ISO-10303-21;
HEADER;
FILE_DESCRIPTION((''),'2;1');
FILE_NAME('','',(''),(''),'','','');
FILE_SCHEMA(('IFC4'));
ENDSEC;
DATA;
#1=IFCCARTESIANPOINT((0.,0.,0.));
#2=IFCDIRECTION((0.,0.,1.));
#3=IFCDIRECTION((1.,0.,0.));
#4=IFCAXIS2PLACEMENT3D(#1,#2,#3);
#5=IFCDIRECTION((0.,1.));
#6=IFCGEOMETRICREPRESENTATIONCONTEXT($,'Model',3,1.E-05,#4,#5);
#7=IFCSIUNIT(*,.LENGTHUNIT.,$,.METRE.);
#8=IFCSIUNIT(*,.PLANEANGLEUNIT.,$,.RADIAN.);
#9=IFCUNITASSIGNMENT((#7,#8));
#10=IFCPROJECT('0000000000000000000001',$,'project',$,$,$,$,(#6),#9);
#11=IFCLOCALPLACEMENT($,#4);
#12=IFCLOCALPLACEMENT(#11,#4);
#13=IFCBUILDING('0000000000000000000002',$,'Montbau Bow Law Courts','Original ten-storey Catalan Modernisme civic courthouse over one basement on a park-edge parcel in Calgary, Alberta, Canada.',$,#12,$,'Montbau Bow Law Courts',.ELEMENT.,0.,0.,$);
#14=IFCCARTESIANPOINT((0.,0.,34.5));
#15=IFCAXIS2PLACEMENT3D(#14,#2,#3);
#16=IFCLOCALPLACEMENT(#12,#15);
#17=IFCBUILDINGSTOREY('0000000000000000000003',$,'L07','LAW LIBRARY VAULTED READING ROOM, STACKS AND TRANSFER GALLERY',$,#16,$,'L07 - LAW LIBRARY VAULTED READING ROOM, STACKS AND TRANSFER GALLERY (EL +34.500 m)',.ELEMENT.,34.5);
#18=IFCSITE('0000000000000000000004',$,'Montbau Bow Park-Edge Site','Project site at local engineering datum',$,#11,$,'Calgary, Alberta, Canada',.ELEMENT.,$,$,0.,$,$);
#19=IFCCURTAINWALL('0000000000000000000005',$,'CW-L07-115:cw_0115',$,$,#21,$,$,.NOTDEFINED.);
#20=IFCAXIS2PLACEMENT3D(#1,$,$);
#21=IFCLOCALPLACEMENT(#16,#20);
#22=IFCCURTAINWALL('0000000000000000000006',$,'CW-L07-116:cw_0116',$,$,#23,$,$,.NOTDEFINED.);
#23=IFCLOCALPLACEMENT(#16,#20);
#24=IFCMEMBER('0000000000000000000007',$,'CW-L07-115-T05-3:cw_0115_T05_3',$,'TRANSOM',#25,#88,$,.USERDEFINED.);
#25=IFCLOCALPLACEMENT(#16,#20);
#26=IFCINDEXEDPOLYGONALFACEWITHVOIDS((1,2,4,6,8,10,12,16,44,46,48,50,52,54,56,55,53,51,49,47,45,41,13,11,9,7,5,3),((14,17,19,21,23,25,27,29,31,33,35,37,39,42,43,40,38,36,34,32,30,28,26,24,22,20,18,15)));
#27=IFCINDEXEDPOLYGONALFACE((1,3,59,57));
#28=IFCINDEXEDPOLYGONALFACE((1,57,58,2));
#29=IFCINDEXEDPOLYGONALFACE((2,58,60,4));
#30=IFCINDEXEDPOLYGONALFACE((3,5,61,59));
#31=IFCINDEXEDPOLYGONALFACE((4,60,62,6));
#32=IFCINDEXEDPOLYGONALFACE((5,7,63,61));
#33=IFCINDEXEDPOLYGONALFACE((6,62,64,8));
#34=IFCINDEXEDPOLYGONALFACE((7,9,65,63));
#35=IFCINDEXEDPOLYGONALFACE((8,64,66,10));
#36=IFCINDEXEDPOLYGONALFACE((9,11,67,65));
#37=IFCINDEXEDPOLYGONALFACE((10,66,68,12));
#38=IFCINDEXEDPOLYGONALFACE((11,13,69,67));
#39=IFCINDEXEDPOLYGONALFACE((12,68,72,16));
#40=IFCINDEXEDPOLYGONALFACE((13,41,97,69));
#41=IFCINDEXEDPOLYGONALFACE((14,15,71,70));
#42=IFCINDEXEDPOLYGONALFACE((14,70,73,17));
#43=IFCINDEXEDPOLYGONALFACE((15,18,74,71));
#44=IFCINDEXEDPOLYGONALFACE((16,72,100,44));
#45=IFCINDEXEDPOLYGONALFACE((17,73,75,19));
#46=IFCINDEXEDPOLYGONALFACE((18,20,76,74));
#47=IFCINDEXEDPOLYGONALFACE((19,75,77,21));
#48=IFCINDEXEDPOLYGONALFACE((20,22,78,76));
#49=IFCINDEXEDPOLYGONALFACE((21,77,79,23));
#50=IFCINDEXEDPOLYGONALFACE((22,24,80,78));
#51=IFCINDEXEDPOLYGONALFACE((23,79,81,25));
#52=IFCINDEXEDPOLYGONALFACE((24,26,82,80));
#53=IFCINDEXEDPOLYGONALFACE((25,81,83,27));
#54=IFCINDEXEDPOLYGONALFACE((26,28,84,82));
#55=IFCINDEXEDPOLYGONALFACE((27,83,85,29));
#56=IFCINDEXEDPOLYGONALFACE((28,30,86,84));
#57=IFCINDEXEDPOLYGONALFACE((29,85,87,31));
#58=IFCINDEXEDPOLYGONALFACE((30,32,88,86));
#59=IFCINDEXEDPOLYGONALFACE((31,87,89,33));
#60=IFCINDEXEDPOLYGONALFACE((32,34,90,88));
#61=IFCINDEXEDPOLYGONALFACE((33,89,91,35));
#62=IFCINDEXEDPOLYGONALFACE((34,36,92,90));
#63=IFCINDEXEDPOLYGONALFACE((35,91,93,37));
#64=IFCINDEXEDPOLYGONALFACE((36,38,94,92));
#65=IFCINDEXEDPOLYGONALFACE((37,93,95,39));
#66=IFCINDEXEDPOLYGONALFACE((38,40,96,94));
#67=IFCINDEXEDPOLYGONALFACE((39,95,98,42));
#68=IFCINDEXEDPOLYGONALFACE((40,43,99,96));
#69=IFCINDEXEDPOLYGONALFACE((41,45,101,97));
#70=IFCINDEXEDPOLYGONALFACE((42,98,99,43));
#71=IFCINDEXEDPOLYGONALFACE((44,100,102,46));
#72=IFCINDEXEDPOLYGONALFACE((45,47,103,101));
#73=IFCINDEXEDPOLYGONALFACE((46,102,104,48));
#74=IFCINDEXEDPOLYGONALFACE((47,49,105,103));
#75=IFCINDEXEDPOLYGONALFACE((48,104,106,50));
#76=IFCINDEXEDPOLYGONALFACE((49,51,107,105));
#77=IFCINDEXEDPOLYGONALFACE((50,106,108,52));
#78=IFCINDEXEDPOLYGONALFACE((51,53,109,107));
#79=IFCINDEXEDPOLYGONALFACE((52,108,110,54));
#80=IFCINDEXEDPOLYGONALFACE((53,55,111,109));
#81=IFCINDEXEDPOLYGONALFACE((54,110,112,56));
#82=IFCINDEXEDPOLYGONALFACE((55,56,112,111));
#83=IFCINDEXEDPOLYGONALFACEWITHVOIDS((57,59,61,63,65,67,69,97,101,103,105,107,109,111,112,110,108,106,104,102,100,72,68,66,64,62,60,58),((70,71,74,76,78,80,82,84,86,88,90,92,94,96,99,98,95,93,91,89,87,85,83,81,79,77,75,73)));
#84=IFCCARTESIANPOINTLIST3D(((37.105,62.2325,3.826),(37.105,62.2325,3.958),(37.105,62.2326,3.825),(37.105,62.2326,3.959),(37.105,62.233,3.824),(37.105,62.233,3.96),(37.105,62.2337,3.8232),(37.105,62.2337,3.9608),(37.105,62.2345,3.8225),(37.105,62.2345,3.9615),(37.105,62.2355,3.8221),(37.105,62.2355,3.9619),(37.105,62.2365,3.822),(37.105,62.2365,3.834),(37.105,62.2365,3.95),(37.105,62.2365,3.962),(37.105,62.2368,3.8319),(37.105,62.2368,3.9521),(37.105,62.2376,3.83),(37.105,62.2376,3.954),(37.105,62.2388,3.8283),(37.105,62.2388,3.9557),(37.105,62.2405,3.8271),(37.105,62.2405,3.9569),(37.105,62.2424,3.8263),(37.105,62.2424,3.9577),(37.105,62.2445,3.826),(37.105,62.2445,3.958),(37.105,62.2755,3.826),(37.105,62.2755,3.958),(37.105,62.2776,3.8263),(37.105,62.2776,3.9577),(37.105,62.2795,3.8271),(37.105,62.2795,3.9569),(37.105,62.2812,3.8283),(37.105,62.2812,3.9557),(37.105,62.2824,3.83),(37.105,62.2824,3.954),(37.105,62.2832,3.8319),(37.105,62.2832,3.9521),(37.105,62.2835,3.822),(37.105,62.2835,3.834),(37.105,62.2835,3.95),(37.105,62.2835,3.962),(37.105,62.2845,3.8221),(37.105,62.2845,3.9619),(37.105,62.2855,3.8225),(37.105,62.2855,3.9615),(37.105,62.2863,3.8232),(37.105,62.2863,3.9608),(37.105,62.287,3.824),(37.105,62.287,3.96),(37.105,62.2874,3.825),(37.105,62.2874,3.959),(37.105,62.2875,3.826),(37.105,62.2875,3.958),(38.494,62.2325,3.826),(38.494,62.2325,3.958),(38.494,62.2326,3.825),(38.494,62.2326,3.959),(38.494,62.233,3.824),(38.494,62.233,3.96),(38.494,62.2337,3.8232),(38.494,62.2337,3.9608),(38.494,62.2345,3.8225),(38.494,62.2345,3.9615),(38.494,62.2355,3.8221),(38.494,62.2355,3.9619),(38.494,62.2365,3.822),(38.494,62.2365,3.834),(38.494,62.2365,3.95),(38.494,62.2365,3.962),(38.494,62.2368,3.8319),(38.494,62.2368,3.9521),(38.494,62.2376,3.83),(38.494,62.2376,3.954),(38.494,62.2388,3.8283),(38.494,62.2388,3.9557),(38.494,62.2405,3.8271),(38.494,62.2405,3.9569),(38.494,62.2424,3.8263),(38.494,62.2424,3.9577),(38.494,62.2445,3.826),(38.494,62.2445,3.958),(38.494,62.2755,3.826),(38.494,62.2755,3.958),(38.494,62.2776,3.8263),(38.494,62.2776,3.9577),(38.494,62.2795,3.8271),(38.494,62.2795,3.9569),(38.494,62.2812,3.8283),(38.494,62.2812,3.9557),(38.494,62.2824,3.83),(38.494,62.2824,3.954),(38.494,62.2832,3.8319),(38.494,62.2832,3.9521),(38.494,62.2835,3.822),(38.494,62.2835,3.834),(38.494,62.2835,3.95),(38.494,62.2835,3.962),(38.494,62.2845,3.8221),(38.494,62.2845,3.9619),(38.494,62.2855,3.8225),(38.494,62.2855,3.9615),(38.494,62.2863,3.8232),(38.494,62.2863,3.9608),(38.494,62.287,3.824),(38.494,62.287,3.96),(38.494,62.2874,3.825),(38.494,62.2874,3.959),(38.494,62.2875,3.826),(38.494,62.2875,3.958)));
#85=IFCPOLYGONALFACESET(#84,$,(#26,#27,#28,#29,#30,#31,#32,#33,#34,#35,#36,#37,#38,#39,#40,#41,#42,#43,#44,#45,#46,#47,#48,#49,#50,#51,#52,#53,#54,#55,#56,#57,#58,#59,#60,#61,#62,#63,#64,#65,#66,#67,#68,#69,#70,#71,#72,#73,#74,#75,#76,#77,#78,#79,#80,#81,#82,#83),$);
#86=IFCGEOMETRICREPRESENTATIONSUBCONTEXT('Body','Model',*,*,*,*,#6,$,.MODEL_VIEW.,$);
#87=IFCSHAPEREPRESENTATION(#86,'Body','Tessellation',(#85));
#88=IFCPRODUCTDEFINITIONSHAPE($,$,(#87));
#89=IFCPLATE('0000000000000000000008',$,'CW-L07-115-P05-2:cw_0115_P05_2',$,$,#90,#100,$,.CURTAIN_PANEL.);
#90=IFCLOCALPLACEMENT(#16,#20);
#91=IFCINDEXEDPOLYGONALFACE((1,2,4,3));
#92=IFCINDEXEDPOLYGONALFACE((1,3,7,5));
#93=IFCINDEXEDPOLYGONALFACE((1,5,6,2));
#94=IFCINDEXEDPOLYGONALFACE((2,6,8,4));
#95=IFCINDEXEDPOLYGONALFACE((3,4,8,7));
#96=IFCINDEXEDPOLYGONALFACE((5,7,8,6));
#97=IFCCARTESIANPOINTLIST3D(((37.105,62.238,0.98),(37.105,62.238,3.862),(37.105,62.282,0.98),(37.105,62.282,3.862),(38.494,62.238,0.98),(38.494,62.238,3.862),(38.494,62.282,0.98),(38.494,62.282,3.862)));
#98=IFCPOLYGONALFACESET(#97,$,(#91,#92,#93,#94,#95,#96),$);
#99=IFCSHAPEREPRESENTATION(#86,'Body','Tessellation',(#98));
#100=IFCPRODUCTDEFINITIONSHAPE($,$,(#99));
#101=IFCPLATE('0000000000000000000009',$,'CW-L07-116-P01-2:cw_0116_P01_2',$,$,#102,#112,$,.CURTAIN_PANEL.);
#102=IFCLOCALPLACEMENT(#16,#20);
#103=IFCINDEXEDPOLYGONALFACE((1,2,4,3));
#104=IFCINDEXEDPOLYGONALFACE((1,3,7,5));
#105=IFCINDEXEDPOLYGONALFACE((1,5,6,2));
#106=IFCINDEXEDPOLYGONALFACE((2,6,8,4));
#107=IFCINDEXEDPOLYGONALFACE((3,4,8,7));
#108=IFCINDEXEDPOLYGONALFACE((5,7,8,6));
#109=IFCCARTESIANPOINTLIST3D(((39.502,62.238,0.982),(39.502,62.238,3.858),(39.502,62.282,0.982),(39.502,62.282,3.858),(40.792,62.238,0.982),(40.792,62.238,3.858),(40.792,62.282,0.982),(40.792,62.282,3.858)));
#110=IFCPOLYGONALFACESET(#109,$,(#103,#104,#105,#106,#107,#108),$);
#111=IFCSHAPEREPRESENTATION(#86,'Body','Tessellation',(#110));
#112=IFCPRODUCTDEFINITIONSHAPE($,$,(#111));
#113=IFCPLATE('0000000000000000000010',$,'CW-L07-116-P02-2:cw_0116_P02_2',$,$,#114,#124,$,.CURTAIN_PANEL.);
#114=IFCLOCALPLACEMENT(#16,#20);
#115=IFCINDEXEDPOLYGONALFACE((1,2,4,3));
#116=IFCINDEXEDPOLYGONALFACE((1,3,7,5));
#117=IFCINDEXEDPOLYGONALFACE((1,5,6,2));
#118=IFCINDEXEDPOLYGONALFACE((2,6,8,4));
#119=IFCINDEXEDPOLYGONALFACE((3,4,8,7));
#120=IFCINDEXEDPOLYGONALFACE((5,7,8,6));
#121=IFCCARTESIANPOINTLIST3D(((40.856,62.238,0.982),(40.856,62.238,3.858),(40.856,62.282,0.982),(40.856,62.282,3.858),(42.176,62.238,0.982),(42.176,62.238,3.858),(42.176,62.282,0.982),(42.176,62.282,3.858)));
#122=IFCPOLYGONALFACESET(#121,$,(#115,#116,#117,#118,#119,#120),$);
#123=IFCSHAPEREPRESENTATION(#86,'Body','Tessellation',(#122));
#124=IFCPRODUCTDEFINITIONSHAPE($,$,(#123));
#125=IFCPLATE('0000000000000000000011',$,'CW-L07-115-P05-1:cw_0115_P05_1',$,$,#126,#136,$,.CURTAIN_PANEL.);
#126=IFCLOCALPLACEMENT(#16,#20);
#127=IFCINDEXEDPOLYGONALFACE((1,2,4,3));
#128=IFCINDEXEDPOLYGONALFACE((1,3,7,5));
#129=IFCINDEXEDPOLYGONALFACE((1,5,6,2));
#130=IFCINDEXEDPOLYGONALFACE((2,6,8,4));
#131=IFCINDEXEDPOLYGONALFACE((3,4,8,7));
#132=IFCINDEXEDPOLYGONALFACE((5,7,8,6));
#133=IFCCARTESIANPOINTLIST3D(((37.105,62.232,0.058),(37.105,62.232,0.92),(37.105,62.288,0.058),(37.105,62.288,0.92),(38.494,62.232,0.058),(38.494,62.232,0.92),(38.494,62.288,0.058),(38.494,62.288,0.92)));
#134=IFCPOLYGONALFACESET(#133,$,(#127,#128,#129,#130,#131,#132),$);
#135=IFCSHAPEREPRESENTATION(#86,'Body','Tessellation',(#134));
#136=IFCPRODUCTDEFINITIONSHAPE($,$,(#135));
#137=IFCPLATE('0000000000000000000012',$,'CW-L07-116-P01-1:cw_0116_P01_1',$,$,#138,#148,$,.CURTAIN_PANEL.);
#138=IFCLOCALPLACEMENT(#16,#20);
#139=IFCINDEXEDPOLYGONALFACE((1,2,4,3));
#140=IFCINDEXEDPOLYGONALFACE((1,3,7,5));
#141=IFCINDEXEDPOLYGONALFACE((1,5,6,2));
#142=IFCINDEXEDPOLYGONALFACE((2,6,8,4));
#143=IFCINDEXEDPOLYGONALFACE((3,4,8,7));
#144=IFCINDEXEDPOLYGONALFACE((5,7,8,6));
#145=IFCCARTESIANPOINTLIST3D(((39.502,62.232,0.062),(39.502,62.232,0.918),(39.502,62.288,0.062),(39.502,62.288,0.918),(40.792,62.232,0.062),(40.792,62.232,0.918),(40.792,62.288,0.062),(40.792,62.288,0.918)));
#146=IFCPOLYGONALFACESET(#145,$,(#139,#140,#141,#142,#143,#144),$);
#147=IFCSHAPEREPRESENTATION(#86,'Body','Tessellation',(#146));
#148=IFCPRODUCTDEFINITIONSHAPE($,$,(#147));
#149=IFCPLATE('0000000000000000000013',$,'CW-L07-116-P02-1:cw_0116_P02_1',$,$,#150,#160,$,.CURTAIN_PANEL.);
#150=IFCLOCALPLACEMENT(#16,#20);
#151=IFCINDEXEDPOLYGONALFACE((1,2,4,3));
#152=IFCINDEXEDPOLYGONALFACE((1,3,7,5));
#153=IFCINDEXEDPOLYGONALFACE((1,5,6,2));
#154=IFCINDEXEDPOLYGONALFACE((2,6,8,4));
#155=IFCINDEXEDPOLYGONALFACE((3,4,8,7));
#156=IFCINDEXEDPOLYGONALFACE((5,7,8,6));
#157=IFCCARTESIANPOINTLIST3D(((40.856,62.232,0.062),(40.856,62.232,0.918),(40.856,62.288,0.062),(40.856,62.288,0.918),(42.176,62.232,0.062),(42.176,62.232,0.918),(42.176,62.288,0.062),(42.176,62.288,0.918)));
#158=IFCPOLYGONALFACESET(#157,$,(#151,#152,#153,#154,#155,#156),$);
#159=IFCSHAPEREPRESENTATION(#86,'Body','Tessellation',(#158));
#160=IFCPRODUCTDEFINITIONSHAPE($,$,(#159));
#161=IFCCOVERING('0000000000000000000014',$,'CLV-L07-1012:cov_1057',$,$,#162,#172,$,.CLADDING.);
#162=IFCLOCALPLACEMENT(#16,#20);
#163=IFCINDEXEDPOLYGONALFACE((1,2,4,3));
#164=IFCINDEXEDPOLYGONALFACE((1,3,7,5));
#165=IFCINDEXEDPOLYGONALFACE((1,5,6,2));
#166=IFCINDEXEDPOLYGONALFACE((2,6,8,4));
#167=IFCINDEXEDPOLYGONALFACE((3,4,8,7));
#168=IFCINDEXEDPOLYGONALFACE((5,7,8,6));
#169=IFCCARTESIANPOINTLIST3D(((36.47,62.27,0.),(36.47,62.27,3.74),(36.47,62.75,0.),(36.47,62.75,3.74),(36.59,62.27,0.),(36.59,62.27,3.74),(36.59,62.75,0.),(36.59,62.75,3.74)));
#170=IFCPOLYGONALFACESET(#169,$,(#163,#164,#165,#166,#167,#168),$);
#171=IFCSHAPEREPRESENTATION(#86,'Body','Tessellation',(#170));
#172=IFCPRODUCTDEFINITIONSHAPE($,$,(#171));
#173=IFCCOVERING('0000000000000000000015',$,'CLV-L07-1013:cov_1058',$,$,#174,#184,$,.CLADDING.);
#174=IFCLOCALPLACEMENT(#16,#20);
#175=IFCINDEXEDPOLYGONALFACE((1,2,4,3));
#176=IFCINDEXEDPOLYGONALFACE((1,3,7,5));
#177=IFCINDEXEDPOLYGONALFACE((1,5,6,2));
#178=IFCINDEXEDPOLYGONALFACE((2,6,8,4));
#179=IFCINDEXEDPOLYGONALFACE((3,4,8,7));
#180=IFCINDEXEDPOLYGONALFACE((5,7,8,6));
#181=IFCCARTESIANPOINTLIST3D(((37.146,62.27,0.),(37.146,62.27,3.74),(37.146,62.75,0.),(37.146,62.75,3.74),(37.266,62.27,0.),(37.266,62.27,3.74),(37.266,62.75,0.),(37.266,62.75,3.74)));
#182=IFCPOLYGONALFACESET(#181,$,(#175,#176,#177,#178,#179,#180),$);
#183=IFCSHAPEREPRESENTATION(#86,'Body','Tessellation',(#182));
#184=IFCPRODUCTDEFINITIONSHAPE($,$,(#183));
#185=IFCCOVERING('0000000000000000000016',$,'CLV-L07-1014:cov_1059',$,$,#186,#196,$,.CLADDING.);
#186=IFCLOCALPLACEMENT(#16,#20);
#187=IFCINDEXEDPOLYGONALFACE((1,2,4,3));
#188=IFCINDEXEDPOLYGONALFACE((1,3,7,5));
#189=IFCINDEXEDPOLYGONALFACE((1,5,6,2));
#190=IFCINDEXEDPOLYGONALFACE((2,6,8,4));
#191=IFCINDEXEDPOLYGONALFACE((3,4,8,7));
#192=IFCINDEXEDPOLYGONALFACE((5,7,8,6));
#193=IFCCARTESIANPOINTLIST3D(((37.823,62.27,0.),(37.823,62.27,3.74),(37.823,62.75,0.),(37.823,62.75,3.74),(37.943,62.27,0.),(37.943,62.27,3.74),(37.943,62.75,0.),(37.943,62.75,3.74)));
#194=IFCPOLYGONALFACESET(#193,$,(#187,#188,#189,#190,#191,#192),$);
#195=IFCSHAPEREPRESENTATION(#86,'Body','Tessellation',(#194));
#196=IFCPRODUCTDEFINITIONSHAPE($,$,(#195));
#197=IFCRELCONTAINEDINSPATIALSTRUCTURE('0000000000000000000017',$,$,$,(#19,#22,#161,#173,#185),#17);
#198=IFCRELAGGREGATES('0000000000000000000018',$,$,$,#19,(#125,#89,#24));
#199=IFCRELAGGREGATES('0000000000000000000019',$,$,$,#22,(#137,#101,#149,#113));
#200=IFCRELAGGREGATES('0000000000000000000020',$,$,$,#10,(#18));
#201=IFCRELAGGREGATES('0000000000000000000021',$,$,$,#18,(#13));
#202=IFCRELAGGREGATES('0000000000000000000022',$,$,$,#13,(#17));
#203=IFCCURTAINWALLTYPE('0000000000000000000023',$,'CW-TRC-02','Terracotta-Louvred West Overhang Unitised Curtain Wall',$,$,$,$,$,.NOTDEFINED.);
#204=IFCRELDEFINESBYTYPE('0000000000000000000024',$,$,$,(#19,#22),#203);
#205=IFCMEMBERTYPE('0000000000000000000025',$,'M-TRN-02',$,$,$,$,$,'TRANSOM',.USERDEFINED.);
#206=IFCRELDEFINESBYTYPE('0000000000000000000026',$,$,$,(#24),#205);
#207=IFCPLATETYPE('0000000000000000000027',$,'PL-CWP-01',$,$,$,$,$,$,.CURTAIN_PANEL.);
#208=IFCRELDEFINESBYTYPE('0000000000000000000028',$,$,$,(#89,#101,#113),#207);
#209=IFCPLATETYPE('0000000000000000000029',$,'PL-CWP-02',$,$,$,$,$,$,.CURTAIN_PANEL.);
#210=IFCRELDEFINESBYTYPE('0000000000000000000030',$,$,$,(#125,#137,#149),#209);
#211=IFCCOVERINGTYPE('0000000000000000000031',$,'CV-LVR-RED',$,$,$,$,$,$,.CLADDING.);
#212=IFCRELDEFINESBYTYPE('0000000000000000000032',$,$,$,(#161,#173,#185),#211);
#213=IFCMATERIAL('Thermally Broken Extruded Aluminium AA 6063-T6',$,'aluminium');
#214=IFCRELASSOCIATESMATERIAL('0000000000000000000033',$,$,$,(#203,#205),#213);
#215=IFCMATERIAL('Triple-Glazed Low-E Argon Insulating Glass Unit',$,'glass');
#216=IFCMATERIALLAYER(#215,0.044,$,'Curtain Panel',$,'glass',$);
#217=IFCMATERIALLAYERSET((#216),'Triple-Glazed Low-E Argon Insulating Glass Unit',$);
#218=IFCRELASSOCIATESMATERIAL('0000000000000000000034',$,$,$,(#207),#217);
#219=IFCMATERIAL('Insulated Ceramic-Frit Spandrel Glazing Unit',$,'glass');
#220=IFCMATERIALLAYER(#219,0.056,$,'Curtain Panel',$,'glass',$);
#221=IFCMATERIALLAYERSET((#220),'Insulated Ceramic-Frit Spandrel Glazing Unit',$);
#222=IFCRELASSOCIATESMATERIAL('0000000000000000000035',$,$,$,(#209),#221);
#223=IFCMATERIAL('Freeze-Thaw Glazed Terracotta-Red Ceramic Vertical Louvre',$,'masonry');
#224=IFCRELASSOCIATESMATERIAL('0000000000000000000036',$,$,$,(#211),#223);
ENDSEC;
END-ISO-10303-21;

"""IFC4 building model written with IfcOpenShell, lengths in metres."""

from ifc_helpers import new_model, si_unit, direction, frame, frame_2d, origin_with_axes, origin_2d_with_axis, place, context, subcontext, project, spatial, rectangle, hollow_rectangle, extrude, material, layer, layer_set, material_profile, profile_set, type_object, element, aggregate, save


model = new_model("IFC4")

# Units and contexts
model_context = context("Model", 3, precision=1e-05, world=origin_with_axes(), true_north=direction((0.0, 1.0)))
body_context = subcontext(model_context, "Body", "Model", "MODEL_VIEW")
ifc_project = project(units=[si_unit("LENGTHUNIT", "METRE"), si_unit("PLANEANGLEUNIT", "RADIAN")], contexts=[model_context])

# Site, building, storey
site_placement = place(None, origin_with_axes())
site = spatial("IfcSite", under=ifc_project, at=site_placement, Name="Montbau Bow Park-Edge Site", Description="Project site at local engineering datum", LongName="Calgary, Alberta, Canada", CompositionType="ELEMENT", RefElevation=0.0)
building_placement = place(site_placement, origin_with_axes())
building = spatial("IfcBuilding", under=site, at=building_placement, Name="Montbau Bow Law Courts", Description="Original ten-storey Catalan Modernisme civic courthouse over one basement on a park-edge parcel in Calgary, Alberta, Canada.", LongName="Montbau Bow Law Courts", CompositionType="ELEMENT", ElevationOfRefHeight=0.0, ElevationOfTerrain=0.0)
storey_placement = place(building_placement, frame((0.0, 0.0, 34.5), z_axis=(0.0, 0.0, 1.0), x_axis=(1.0, 0.0, 0.0)))
storey = spatial("IfcBuildingStorey", under=building, at=storey_placement, Name="L07", Description="LAW LIBRARY VAULTED READING ROOM, STACKS AND TRANSFER GALLERY", LongName="L07 - LAW LIBRARY VAULTED READING ROOM, STACKS AND TRANSFER GALLERY (EL +34.500 m)", CompositionType="ELEMENT", Elevation=34.5)

# Curtain walls
ifc_material_1 = material(Name="Thermally Broken Extruded Aluminium AA 6063-T6", Category="aluminium")
curtain_wall_type = type_object("IfcCurtainWallType", Name="CW-TRC-02", Description="Terracotta-Louvred West Overhang Unitised Curtain Wall", PredefinedType="NOTDEFINED", material=ifc_material_1)
curtain_wall_1_placement = place(None, frame((31.115, 62.26, 34.5), z_axis=(0.0, 0.0, 1.0), x_axis=(1.0, 0.0, 0.0)))
curtain_wall_1 = element("IfcCurtainWall", 1, at=curtain_wall_1_placement, inside=storey, type_object=curtain_wall_type, Name="CW-L07-115:cw_0115", PredefinedType="NOTDEFINED")
curtain_wall_2_placement = place(None, frame((39.44, 62.26, 34.5), z_axis=(0.0, 0.0, 1.0), x_axis=(1.0, 0.0, 0.0)))
curtain_wall_2 = element("IfcCurtainWall", 2, at=curtain_wall_2_placement, inside=storey, type_object=curtain_wall_type, Name="CW-L07-116:cw_0116", PredefinedType="NOTDEFINED")

# Member
ifc_material_profile_1 = material_profile(ifc_material_1, hollow_rectangle(XDim=0.055, YDim=0.14, WallThickness=0.004, InnerFilletRadius=0.008, OuterFilletRadius=0.004, at=origin_2d_with_axis()), Name="CWT-140X55", Category="Main", Priority=0)
ifc_profile_set_1 = profile_set([ifc_material_profile_1], Name="Thermally Broken Extruded Aluminium AA 6063-T6")
member_type_1 = type_object("IfcMemberType", Name="M-TRN-02", ElementType="TRANSOM", PredefinedType="USERDEFINED", material=ifc_profile_set_1)
member_1_placement = place(None, frame((37.105, 62.26, 38.392), z_axis=(1.0, 0.0, 0.0), x_axis=(0.0, 1.0, 0.0)))
member_1 = element("IfcMember", 3, at=member_1_placement, type_object=member_type_1, Name="CW-L07-115-T05-3:cw_0115_T05_3", ObjectType="TRANSOM", PredefinedType="USERDEFINED", context=body_context, shape_type="SweptSolid", body=[
    extrude(hollow_rectangle(XDim=0.055, YDim=0.14, WallThickness=0.004, InnerFilletRadius=0.008, OuterFilletRadius=0.004, at=origin_2d_with_axis()), origin_with_axes(), (0.0, 0.0, 1.0), 1.389),
])

# Plates
ifc_material_2 = material(Name="Triple-Glazed Low-E Argon Insulating Glass Unit", Category="glass")
ifc_layer_1 = layer(ifc_material_2, 0.044, Name="Curtain Panel", Category="glass")
ifc_layer_set_1 = layer_set([ifc_layer_1], Name="Triple-Glazed Low-E Argon Insulating Glass Unit")
plate_type_1 = type_object("IfcPlateType", Name="PL-CWP-01", PredefinedType="CURTAIN_PANEL", material=ifc_layer_set_1)
plate_1_placement = place(None, frame((37.105, 62.26, 35.48), z_axis=(0.0, -1.0, 0.0), x_axis=(1.0, 0.0, 0.0)))
plate_1 = element("IfcPlate", 4, at=plate_1_placement, type_object=plate_type_1, Name="CW-L07-115-P05-2:cw_0115_P05_2", PredefinedType="CURTAIN_PANEL", context=body_context, shape_type="SweptSolid", body=[
    extrude(rectangle(XDim=1.389, YDim=2.882, at=frame_2d((0.6945, 1.441), x_axis=(1.0, 0.0))), frame((0.0, 0.0, -0.022), z_axis=(0.0, 0.0, 1.0), x_axis=(1.0, 0.0, 0.0)), (0.0, 0.0, 1.0), 0.044),
])
plate_2_placement = place(None, frame((39.502, 62.26, 35.482), z_axis=(0.0, -1.0, 0.0), x_axis=(1.0, 0.0, 0.0)))
plate_2 = element("IfcPlate", 5, at=plate_2_placement, type_object=plate_type_1, Name="CW-L07-116-P01-2:cw_0116_P01_2", PredefinedType="CURTAIN_PANEL", context=body_context, shape_type="SweptSolid", body=[
    extrude(rectangle(XDim=1.29, YDim=2.876, at=frame_2d((0.645, 1.438), x_axis=(1.0, 0.0))), frame((0.0, 0.0, -0.022), z_axis=(0.0, 0.0, 1.0), x_axis=(1.0, 0.0, 0.0)), (0.0, 0.0, 1.0), 0.044),
])
plate_3_placement = place(None, frame((40.856, 62.26, 35.482), z_axis=(0.0, -1.0, 0.0), x_axis=(1.0, 0.0, 0.0)))
plate_3 = element("IfcPlate", 6, at=plate_3_placement, type_object=plate_type_1, Name="CW-L07-116-P02-2:cw_0116_P02_2", PredefinedType="CURTAIN_PANEL", context=body_context, shape_type="SweptSolid", body=[
    extrude(rectangle(XDim=1.32, YDim=2.876, at=frame_2d((0.66, 1.438), x_axis=(1.0, 0.0))), frame((0.0, 0.0, -0.022), z_axis=(0.0, 0.0, 1.0), x_axis=(1.0, 0.0, 0.0)), (0.0, 0.0, 1.0), 0.044),
])
ifc_material_3 = material(Name="Insulated Ceramic-Frit Spandrel Glazing Unit", Category="glass")
ifc_layer_2 = layer(ifc_material_3, 0.056, Name="Curtain Panel", Category="glass")
ifc_layer_set_2 = layer_set([ifc_layer_2], Name="Insulated Ceramic-Frit Spandrel Glazing Unit")
plate_type_2 = type_object("IfcPlateType", Name="PL-CWP-02", PredefinedType="CURTAIN_PANEL", material=ifc_layer_set_2)
plate_4_placement = place(None, frame((37.105, 62.26, 34.558), z_axis=(0.0, -1.0, 0.0), x_axis=(1.0, 0.0, 0.0)))
plate_4 = element("IfcPlate", 7, at=plate_4_placement, type_object=plate_type_2, Name="CW-L07-115-P05-1:cw_0115_P05_1", PredefinedType="CURTAIN_PANEL", context=body_context, shape_type="SweptSolid", body=[
    extrude(rectangle(XDim=1.389, YDim=0.862, at=frame_2d((0.6945, 0.431), x_axis=(1.0, 0.0))), frame((0.0, 0.0, -0.028), z_axis=(0.0, 0.0, 1.0), x_axis=(1.0, 0.0, 0.0)), (0.0, 0.0, 1.0), 0.056),
])
aggregate(curtain_wall_1, [plate_4, plate_1, member_1])
plate_5_placement = place(None, frame((39.502, 62.26, 34.562), z_axis=(0.0, -1.0, 0.0), x_axis=(1.0, 0.0, 0.0)))
plate_5 = element("IfcPlate", 8, at=plate_5_placement, type_object=plate_type_2, Name="CW-L07-116-P01-1:cw_0116_P01_1", PredefinedType="CURTAIN_PANEL", context=body_context, shape_type="SweptSolid", body=[
    extrude(rectangle(XDim=1.29, YDim=0.856, at=frame_2d((0.645, 0.428), x_axis=(1.0, 0.0))), frame((0.0, 0.0, -0.028), z_axis=(0.0, 0.0, 1.0), x_axis=(1.0, 0.0, 0.0)), (0.0, 0.0, 1.0), 0.056),
])
plate_6_placement = place(None, frame((40.856, 62.26, 34.562), z_axis=(0.0, -1.0, 0.0), x_axis=(1.0, 0.0, 0.0)))
plate_6 = element("IfcPlate", 9, at=plate_6_placement, type_object=plate_type_2, Name="CW-L07-116-P02-1:cw_0116_P02_1", PredefinedType="CURTAIN_PANEL", context=body_context, shape_type="SweptSolid", body=[
    extrude(rectangle(XDim=1.32, YDim=0.856, at=frame_2d((0.66, 0.428), x_axis=(1.0, 0.0))), frame((0.0, 0.0, -0.028), z_axis=(0.0, 0.0, 1.0), x_axis=(1.0, 0.0, 0.0)), (0.0, 0.0, 1.0), 0.056),
])
aggregate(curtain_wall_2, [plate_5, plate_2, plate_6, plate_3])

# Coverings
ifc_material_4 = material(Name="Freeze-Thaw Glazed Terracotta-Red Ceramic Vertical Louvre", Category="masonry")
covering_type = type_object("IfcCoveringType", Name="CV-LVR-RED", PredefinedType="CLADDING", material=ifc_material_4)
for number, where, z_axis, x_axis, name in (
    (10, (36.53, 62.27, 34.5), (1.0, 0.0, 0.0), (0.0, 1.0, 0.0), "CLV-L07-1012:cov_1057"),
    (11, (37.206, 62.27, 34.5), (1.0, 0.0, 0.0), (0.0, 1.0, 0.0), "CLV-L07-1013:cov_1058"),
    (12, (37.883, 62.27, 34.5), (1.0, 0.0, 0.0), (0.0, 1.0, 0.0), "CLV-L07-1014:cov_1059"),
):
    element("IfcCovering", number, at=place(None, frame(where, z_axis=z_axis, x_axis=x_axis)), inside=storey, type_object=covering_type, Name=name, PredefinedType="CLADDING", context=body_context, shape_type="SweptSolid", body=[
        extrude(rectangle(XDim=0.48, YDim=3.74, at=frame_2d((0.24, 1.87), x_axis=(1.0, 0.0))), frame((0.0, 0.0, -0.06), z_axis=(0.0, 0.0, 1.0), x_axis=(1.0, 0.0, 0.0)), (0.0, 0.0, 1.0), 0.12),
    ])

save(model, "model.ifc")
